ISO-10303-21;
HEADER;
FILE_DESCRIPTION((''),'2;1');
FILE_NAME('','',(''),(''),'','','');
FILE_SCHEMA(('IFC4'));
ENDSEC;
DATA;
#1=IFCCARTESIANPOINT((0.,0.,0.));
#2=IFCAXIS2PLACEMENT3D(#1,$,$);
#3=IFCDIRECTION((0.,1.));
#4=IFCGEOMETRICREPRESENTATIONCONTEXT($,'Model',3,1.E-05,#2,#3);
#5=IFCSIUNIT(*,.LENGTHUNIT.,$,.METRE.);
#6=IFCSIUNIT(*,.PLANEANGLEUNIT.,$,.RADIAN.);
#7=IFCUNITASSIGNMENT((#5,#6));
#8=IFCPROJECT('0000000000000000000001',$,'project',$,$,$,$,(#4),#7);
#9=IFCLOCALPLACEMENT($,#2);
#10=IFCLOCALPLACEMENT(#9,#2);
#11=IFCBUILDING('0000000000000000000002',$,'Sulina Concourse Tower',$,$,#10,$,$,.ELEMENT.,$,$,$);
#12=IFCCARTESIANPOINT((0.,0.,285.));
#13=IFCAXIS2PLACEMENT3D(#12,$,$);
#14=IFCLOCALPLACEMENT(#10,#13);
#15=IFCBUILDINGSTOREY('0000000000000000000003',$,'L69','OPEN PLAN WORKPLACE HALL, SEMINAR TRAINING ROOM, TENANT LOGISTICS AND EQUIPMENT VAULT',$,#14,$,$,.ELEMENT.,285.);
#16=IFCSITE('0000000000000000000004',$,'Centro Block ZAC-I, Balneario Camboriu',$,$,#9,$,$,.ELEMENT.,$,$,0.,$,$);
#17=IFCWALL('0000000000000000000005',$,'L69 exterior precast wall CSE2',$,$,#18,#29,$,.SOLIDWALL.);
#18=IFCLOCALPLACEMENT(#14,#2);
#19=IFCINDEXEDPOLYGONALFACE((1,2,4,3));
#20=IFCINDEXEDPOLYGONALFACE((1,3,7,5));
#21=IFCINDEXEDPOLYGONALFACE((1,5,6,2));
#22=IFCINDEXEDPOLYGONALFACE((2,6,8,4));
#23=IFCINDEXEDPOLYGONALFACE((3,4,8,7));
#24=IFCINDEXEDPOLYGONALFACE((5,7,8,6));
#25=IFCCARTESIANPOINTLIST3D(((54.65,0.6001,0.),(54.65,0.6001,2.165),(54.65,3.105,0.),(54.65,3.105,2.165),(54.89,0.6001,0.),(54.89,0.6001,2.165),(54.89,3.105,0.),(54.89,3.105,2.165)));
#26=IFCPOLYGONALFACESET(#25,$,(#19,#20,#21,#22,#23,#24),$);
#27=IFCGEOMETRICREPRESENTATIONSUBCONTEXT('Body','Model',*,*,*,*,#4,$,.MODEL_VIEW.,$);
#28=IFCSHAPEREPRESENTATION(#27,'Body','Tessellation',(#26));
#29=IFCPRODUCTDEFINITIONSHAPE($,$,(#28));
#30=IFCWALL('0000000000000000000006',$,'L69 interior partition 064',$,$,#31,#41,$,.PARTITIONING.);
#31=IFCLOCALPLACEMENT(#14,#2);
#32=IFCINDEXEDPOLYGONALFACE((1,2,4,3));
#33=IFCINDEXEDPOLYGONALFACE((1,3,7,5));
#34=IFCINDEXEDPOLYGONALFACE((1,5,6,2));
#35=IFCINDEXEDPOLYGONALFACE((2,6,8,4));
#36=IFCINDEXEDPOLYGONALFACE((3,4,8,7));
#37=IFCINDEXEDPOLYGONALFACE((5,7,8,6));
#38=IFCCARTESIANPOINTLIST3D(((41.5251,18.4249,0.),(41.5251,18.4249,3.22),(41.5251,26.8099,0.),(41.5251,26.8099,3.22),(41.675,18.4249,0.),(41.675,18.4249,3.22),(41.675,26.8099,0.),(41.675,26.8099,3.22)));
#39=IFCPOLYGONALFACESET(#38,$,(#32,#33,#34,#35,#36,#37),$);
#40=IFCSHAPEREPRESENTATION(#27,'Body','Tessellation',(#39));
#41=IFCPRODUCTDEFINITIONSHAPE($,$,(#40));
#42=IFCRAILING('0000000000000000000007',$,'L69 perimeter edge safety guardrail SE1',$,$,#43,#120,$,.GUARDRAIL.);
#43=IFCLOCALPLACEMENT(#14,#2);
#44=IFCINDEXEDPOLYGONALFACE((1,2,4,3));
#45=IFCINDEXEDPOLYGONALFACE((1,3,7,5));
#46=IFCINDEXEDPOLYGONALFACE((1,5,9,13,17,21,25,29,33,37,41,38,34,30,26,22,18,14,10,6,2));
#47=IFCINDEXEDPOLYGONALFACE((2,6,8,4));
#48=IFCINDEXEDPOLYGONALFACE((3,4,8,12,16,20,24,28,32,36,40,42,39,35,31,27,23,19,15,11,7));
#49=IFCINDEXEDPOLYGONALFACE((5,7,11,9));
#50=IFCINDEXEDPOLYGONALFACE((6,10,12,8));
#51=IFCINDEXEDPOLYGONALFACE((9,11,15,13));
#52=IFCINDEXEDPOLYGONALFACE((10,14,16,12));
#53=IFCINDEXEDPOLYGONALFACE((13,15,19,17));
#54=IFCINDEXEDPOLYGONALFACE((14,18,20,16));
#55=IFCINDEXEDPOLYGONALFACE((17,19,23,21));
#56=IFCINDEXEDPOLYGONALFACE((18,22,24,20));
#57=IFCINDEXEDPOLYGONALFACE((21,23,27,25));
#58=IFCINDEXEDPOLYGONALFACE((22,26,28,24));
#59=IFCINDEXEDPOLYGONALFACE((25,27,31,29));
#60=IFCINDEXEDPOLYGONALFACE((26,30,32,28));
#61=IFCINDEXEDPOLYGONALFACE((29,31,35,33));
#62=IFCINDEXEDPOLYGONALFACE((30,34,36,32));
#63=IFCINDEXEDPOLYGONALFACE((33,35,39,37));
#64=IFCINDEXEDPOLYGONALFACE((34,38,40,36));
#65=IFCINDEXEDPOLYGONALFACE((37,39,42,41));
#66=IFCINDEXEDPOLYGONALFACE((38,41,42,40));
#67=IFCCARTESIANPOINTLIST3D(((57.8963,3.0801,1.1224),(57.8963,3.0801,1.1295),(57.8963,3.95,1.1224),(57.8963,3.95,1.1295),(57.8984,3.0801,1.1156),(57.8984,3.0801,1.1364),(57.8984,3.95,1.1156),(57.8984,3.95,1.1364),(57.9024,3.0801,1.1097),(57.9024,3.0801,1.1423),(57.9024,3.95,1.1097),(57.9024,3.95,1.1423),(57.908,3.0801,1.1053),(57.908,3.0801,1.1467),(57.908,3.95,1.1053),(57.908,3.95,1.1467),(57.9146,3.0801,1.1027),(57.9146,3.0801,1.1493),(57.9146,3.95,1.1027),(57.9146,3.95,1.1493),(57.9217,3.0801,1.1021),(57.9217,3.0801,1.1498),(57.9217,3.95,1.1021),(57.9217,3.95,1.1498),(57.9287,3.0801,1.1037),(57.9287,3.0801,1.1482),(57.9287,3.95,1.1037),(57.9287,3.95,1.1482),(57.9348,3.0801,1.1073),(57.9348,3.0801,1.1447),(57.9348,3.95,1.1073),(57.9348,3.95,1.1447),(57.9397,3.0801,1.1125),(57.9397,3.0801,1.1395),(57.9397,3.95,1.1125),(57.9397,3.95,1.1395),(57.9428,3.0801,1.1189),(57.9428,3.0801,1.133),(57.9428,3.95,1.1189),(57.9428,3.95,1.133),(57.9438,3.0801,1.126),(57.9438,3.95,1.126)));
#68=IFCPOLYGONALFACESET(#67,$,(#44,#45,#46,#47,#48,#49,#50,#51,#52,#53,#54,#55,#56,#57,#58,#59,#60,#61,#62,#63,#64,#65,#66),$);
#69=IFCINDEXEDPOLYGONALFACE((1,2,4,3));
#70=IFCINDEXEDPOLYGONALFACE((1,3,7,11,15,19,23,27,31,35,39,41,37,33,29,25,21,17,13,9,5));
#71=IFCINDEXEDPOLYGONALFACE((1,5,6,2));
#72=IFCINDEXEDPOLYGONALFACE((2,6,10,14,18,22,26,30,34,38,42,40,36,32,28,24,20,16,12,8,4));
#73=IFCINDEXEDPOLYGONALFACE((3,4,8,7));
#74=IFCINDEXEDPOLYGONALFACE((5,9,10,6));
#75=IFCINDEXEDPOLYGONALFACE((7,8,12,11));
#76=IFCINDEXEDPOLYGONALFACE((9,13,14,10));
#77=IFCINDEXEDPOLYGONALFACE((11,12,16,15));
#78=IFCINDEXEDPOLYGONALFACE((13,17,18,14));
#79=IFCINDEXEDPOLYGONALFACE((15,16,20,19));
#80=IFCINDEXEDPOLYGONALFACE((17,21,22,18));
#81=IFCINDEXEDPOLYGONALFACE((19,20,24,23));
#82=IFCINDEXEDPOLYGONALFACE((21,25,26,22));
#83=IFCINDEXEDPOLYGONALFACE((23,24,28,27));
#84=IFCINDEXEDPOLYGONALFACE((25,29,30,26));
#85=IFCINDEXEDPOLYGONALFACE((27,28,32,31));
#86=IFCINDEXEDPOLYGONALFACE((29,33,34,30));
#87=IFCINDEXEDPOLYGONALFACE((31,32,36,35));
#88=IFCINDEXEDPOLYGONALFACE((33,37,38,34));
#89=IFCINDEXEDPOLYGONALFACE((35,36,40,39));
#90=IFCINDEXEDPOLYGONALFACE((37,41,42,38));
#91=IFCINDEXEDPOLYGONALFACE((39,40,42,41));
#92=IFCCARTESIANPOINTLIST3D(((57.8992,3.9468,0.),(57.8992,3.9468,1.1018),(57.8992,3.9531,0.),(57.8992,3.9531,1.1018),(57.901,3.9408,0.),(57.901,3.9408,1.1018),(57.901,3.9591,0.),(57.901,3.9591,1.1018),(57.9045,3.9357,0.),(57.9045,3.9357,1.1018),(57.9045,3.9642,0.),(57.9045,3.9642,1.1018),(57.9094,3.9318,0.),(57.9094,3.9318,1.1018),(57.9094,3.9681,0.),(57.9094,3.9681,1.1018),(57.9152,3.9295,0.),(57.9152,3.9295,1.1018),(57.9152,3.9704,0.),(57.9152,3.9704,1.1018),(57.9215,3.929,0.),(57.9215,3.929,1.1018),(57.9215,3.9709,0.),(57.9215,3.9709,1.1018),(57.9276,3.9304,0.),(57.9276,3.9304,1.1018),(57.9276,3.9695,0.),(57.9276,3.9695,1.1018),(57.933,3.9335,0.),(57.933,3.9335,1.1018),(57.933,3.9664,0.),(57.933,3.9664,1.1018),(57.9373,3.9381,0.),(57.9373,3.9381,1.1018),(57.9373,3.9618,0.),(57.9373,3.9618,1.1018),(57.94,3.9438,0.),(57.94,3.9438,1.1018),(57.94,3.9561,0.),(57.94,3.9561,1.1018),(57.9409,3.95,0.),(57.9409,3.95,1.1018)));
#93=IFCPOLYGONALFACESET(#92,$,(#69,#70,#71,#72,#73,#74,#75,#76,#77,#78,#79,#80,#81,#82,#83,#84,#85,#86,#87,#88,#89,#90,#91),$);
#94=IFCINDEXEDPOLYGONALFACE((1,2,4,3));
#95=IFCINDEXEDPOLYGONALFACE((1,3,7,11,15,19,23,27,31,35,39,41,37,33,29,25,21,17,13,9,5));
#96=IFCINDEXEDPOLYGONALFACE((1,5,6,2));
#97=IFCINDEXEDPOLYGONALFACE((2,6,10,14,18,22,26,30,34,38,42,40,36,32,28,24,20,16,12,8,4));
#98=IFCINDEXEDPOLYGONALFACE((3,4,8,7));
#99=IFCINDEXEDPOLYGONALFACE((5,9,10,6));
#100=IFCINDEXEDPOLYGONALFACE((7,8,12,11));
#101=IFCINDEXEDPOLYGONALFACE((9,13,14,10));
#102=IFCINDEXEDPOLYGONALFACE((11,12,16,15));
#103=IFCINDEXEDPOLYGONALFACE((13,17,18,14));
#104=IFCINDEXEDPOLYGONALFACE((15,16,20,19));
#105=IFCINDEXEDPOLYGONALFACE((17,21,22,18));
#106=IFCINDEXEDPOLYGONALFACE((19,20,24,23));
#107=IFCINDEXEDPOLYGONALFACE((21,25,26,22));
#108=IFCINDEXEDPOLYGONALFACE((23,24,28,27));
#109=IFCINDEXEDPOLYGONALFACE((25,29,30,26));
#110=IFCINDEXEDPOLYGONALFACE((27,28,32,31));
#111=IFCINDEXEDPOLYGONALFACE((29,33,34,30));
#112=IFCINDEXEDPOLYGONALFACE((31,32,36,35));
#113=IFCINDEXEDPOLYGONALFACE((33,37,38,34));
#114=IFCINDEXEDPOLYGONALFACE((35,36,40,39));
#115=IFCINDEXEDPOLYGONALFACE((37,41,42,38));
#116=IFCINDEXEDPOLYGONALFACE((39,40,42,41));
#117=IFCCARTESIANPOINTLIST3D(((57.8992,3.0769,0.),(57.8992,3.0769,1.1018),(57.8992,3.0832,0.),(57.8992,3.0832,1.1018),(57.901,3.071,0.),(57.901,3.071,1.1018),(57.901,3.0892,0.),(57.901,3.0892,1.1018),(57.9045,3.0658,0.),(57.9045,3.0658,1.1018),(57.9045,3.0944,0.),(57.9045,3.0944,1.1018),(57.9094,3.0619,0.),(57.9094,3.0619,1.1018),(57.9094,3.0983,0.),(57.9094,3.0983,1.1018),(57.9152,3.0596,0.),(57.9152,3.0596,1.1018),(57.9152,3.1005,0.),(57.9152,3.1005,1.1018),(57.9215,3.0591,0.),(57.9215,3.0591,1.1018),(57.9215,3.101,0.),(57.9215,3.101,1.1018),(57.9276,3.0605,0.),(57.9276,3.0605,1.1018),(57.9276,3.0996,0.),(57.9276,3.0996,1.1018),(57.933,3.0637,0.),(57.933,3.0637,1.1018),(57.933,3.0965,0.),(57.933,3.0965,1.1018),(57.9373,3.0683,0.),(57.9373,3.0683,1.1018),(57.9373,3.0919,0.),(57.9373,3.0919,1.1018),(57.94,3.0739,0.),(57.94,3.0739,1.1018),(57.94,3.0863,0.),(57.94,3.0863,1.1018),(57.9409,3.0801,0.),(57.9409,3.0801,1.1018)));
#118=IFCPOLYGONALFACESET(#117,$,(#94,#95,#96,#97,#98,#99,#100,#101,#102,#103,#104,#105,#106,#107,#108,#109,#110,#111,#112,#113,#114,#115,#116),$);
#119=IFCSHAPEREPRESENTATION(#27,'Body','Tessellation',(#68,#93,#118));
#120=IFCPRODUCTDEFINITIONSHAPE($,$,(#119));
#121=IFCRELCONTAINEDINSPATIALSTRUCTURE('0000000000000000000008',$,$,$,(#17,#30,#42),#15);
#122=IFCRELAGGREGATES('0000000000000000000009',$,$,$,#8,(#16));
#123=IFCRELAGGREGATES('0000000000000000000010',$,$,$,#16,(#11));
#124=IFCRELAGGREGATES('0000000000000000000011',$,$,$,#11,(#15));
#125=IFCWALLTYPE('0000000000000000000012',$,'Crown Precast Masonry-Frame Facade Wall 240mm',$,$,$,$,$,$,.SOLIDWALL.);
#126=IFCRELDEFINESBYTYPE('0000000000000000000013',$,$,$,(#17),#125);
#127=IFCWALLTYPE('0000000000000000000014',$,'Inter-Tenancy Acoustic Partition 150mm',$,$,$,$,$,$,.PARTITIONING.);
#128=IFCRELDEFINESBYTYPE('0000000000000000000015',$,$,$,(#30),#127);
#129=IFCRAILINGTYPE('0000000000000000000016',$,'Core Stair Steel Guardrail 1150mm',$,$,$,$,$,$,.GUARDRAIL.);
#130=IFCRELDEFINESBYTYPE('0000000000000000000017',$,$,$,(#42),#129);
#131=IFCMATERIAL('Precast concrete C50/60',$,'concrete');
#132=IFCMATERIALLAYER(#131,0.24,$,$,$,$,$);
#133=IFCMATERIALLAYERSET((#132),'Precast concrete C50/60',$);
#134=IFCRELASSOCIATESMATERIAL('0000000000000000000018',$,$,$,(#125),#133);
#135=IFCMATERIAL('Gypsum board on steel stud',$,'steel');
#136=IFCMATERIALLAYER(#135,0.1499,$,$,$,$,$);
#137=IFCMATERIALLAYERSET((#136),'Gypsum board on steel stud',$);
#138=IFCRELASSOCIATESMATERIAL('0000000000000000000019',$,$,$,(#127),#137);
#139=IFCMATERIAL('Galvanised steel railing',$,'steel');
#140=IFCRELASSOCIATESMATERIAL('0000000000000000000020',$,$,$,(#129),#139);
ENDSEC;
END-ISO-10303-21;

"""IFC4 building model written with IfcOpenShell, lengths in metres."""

from ifc_helpers import new_model, si_unit, direction, frame, frame_2d, origin, origin_2d, place, context, subcontext, project, spatial, rectangle, circle, extrude, material, layer, layer_set, type_object, element, save


model = new_model("IFC4")

# Units and contexts
model_context = context("Model", 3, precision=1e-05, world=origin(), true_north=direction((0.0, 1.0)))
body_context = subcontext(model_context, "Body", "Model", "MODEL_VIEW")
ifc_project = project(units=[si_unit("LENGTHUNIT", "METRE"), si_unit("PLANEANGLEUNIT", "RADIAN")], contexts=[model_context])

# Site, building, storey
site_placement = place(None, origin())
site = spatial("IfcSite", under=ifc_project, at=site_placement, Name="Centro Block ZAC-I, Balneario Camboriu", CompositionType="ELEMENT", RefElevation=0.0)
building_placement = place(site_placement, origin())
building = spatial("IfcBuilding", under=site, at=building_placement, Name="Sulina Concourse Tower", CompositionType="ELEMENT")
storey_placement = place(building_placement, frame((0.0, 0.0, 285.0)))
storey = spatial("IfcBuildingStorey", under=building, at=storey_placement, Name="L69", Description="OPEN PLAN WORKPLACE HALL, SEMINAR TRAINING ROOM, TENANT LOGISTICS AND EQUIPMENT VAULT", CompositionType="ELEMENT", Elevation=285.0)

# Shared definitions
ifc_material_1 = material(Name="Precast concrete C50/60", Category="concrete")
ifc_layer_1 = layer(ifc_material_1, 0.24)
ifc_layer_set_1 = layer_set([ifc_layer_1], Name="Precast concrete C50/60")
wall_type_1 = type_object("IfcWallType", Name="Crown Precast Masonry-Frame Facade Wall 240mm", PredefinedType="SOLIDWALL", material=ifc_layer_set_1)

# Walls
wall_1_placement = place(storey_placement, frame((54.77, 3.105, 0.0), z_axis=(0.0, 0.0, 1.0), x_axis=(0.0, -1.0, 0.0)))
element("IfcWall", 1, at=wall_1_placement, inside=storey, type_object=wall_type_1, Name="L69 exterior precast wall CSE2", PredefinedType="SOLIDWALL", context=body_context, shape_type="SweptSolid", body=[
    extrude(rectangle(XDim=2.5049, YDim=0.24, at=frame_2d((1.2524, 0.0))), origin(), (0.0, 0.0, 1.0), 2.165),
])
ifc_material_2 = material(Name="Gypsum board on steel stud", Category="steel")
ifc_layer_2 = layer(ifc_material_2, 0.1499)
ifc_layer_set_2 = layer_set([ifc_layer_2], Name="Gypsum board on steel stud")
wall_type_2 = type_object("IfcWallType", Name="Inter-Tenancy Acoustic Partition 150mm", PredefinedType="PARTITIONING", material=ifc_layer_set_2)
wall_2_placement = place(storey_placement, frame((41.6001, 18.425, 0.0), z_axis=(0.0, 0.0, 1.0), x_axis=(0.0, 1.0, 0.0)))
element("IfcWall", 2, at=wall_2_placement, inside=storey, type_object=wall_type_2, Name="L69 interior partition 064", PredefinedType="PARTITIONING", context=body_context, shape_type="SweptSolid", body=[
    extrude(rectangle(XDim=8.385, YDim=0.1499, at=frame_2d((4.1924, 0.0))), origin(), (0.0, 0.0, 1.0), 3.22),
])

# Railing
ifc_material_3 = material(Name="Galvanised steel railing", Category="steel")
railing_type = type_object("IfcRailingType", Name="Core Stair Steel Guardrail 1150mm", PredefinedType="GUARDRAIL", material=ifc_material_3)
railing_1_placement = place(storey_placement, frame((57.9199, 3.95, 0.0)))
element("IfcRailing", 3, at=railing_1_placement, inside=storey, type_object=railing_type, Name="L69 perimeter edge safety guardrail SE1", PredefinedType="GUARDRAIL", context=body_context, shape_type="SweptSolid", body=[
    extrude(circle(Radius=0.0239, at=origin_2d()), frame((0.0, 0.0, 1.126), z_axis=(0.0, -1.0, 0.0), x_axis=(1.0, 0.0, 0.0)), (0.0, 0.0, 1.0), 0.8699),
    extrude(circle(Radius=0.021, at=origin_2d()), origin(), (0.0, 0.0, 1.0), 1.1018),
    extrude(circle(Radius=0.021, at=origin_2d()), frame((0.0, -0.8699, 0.0)), (0.0, 0.0, 1.0), 1.1018),
])

save(model, "model.ifc")
